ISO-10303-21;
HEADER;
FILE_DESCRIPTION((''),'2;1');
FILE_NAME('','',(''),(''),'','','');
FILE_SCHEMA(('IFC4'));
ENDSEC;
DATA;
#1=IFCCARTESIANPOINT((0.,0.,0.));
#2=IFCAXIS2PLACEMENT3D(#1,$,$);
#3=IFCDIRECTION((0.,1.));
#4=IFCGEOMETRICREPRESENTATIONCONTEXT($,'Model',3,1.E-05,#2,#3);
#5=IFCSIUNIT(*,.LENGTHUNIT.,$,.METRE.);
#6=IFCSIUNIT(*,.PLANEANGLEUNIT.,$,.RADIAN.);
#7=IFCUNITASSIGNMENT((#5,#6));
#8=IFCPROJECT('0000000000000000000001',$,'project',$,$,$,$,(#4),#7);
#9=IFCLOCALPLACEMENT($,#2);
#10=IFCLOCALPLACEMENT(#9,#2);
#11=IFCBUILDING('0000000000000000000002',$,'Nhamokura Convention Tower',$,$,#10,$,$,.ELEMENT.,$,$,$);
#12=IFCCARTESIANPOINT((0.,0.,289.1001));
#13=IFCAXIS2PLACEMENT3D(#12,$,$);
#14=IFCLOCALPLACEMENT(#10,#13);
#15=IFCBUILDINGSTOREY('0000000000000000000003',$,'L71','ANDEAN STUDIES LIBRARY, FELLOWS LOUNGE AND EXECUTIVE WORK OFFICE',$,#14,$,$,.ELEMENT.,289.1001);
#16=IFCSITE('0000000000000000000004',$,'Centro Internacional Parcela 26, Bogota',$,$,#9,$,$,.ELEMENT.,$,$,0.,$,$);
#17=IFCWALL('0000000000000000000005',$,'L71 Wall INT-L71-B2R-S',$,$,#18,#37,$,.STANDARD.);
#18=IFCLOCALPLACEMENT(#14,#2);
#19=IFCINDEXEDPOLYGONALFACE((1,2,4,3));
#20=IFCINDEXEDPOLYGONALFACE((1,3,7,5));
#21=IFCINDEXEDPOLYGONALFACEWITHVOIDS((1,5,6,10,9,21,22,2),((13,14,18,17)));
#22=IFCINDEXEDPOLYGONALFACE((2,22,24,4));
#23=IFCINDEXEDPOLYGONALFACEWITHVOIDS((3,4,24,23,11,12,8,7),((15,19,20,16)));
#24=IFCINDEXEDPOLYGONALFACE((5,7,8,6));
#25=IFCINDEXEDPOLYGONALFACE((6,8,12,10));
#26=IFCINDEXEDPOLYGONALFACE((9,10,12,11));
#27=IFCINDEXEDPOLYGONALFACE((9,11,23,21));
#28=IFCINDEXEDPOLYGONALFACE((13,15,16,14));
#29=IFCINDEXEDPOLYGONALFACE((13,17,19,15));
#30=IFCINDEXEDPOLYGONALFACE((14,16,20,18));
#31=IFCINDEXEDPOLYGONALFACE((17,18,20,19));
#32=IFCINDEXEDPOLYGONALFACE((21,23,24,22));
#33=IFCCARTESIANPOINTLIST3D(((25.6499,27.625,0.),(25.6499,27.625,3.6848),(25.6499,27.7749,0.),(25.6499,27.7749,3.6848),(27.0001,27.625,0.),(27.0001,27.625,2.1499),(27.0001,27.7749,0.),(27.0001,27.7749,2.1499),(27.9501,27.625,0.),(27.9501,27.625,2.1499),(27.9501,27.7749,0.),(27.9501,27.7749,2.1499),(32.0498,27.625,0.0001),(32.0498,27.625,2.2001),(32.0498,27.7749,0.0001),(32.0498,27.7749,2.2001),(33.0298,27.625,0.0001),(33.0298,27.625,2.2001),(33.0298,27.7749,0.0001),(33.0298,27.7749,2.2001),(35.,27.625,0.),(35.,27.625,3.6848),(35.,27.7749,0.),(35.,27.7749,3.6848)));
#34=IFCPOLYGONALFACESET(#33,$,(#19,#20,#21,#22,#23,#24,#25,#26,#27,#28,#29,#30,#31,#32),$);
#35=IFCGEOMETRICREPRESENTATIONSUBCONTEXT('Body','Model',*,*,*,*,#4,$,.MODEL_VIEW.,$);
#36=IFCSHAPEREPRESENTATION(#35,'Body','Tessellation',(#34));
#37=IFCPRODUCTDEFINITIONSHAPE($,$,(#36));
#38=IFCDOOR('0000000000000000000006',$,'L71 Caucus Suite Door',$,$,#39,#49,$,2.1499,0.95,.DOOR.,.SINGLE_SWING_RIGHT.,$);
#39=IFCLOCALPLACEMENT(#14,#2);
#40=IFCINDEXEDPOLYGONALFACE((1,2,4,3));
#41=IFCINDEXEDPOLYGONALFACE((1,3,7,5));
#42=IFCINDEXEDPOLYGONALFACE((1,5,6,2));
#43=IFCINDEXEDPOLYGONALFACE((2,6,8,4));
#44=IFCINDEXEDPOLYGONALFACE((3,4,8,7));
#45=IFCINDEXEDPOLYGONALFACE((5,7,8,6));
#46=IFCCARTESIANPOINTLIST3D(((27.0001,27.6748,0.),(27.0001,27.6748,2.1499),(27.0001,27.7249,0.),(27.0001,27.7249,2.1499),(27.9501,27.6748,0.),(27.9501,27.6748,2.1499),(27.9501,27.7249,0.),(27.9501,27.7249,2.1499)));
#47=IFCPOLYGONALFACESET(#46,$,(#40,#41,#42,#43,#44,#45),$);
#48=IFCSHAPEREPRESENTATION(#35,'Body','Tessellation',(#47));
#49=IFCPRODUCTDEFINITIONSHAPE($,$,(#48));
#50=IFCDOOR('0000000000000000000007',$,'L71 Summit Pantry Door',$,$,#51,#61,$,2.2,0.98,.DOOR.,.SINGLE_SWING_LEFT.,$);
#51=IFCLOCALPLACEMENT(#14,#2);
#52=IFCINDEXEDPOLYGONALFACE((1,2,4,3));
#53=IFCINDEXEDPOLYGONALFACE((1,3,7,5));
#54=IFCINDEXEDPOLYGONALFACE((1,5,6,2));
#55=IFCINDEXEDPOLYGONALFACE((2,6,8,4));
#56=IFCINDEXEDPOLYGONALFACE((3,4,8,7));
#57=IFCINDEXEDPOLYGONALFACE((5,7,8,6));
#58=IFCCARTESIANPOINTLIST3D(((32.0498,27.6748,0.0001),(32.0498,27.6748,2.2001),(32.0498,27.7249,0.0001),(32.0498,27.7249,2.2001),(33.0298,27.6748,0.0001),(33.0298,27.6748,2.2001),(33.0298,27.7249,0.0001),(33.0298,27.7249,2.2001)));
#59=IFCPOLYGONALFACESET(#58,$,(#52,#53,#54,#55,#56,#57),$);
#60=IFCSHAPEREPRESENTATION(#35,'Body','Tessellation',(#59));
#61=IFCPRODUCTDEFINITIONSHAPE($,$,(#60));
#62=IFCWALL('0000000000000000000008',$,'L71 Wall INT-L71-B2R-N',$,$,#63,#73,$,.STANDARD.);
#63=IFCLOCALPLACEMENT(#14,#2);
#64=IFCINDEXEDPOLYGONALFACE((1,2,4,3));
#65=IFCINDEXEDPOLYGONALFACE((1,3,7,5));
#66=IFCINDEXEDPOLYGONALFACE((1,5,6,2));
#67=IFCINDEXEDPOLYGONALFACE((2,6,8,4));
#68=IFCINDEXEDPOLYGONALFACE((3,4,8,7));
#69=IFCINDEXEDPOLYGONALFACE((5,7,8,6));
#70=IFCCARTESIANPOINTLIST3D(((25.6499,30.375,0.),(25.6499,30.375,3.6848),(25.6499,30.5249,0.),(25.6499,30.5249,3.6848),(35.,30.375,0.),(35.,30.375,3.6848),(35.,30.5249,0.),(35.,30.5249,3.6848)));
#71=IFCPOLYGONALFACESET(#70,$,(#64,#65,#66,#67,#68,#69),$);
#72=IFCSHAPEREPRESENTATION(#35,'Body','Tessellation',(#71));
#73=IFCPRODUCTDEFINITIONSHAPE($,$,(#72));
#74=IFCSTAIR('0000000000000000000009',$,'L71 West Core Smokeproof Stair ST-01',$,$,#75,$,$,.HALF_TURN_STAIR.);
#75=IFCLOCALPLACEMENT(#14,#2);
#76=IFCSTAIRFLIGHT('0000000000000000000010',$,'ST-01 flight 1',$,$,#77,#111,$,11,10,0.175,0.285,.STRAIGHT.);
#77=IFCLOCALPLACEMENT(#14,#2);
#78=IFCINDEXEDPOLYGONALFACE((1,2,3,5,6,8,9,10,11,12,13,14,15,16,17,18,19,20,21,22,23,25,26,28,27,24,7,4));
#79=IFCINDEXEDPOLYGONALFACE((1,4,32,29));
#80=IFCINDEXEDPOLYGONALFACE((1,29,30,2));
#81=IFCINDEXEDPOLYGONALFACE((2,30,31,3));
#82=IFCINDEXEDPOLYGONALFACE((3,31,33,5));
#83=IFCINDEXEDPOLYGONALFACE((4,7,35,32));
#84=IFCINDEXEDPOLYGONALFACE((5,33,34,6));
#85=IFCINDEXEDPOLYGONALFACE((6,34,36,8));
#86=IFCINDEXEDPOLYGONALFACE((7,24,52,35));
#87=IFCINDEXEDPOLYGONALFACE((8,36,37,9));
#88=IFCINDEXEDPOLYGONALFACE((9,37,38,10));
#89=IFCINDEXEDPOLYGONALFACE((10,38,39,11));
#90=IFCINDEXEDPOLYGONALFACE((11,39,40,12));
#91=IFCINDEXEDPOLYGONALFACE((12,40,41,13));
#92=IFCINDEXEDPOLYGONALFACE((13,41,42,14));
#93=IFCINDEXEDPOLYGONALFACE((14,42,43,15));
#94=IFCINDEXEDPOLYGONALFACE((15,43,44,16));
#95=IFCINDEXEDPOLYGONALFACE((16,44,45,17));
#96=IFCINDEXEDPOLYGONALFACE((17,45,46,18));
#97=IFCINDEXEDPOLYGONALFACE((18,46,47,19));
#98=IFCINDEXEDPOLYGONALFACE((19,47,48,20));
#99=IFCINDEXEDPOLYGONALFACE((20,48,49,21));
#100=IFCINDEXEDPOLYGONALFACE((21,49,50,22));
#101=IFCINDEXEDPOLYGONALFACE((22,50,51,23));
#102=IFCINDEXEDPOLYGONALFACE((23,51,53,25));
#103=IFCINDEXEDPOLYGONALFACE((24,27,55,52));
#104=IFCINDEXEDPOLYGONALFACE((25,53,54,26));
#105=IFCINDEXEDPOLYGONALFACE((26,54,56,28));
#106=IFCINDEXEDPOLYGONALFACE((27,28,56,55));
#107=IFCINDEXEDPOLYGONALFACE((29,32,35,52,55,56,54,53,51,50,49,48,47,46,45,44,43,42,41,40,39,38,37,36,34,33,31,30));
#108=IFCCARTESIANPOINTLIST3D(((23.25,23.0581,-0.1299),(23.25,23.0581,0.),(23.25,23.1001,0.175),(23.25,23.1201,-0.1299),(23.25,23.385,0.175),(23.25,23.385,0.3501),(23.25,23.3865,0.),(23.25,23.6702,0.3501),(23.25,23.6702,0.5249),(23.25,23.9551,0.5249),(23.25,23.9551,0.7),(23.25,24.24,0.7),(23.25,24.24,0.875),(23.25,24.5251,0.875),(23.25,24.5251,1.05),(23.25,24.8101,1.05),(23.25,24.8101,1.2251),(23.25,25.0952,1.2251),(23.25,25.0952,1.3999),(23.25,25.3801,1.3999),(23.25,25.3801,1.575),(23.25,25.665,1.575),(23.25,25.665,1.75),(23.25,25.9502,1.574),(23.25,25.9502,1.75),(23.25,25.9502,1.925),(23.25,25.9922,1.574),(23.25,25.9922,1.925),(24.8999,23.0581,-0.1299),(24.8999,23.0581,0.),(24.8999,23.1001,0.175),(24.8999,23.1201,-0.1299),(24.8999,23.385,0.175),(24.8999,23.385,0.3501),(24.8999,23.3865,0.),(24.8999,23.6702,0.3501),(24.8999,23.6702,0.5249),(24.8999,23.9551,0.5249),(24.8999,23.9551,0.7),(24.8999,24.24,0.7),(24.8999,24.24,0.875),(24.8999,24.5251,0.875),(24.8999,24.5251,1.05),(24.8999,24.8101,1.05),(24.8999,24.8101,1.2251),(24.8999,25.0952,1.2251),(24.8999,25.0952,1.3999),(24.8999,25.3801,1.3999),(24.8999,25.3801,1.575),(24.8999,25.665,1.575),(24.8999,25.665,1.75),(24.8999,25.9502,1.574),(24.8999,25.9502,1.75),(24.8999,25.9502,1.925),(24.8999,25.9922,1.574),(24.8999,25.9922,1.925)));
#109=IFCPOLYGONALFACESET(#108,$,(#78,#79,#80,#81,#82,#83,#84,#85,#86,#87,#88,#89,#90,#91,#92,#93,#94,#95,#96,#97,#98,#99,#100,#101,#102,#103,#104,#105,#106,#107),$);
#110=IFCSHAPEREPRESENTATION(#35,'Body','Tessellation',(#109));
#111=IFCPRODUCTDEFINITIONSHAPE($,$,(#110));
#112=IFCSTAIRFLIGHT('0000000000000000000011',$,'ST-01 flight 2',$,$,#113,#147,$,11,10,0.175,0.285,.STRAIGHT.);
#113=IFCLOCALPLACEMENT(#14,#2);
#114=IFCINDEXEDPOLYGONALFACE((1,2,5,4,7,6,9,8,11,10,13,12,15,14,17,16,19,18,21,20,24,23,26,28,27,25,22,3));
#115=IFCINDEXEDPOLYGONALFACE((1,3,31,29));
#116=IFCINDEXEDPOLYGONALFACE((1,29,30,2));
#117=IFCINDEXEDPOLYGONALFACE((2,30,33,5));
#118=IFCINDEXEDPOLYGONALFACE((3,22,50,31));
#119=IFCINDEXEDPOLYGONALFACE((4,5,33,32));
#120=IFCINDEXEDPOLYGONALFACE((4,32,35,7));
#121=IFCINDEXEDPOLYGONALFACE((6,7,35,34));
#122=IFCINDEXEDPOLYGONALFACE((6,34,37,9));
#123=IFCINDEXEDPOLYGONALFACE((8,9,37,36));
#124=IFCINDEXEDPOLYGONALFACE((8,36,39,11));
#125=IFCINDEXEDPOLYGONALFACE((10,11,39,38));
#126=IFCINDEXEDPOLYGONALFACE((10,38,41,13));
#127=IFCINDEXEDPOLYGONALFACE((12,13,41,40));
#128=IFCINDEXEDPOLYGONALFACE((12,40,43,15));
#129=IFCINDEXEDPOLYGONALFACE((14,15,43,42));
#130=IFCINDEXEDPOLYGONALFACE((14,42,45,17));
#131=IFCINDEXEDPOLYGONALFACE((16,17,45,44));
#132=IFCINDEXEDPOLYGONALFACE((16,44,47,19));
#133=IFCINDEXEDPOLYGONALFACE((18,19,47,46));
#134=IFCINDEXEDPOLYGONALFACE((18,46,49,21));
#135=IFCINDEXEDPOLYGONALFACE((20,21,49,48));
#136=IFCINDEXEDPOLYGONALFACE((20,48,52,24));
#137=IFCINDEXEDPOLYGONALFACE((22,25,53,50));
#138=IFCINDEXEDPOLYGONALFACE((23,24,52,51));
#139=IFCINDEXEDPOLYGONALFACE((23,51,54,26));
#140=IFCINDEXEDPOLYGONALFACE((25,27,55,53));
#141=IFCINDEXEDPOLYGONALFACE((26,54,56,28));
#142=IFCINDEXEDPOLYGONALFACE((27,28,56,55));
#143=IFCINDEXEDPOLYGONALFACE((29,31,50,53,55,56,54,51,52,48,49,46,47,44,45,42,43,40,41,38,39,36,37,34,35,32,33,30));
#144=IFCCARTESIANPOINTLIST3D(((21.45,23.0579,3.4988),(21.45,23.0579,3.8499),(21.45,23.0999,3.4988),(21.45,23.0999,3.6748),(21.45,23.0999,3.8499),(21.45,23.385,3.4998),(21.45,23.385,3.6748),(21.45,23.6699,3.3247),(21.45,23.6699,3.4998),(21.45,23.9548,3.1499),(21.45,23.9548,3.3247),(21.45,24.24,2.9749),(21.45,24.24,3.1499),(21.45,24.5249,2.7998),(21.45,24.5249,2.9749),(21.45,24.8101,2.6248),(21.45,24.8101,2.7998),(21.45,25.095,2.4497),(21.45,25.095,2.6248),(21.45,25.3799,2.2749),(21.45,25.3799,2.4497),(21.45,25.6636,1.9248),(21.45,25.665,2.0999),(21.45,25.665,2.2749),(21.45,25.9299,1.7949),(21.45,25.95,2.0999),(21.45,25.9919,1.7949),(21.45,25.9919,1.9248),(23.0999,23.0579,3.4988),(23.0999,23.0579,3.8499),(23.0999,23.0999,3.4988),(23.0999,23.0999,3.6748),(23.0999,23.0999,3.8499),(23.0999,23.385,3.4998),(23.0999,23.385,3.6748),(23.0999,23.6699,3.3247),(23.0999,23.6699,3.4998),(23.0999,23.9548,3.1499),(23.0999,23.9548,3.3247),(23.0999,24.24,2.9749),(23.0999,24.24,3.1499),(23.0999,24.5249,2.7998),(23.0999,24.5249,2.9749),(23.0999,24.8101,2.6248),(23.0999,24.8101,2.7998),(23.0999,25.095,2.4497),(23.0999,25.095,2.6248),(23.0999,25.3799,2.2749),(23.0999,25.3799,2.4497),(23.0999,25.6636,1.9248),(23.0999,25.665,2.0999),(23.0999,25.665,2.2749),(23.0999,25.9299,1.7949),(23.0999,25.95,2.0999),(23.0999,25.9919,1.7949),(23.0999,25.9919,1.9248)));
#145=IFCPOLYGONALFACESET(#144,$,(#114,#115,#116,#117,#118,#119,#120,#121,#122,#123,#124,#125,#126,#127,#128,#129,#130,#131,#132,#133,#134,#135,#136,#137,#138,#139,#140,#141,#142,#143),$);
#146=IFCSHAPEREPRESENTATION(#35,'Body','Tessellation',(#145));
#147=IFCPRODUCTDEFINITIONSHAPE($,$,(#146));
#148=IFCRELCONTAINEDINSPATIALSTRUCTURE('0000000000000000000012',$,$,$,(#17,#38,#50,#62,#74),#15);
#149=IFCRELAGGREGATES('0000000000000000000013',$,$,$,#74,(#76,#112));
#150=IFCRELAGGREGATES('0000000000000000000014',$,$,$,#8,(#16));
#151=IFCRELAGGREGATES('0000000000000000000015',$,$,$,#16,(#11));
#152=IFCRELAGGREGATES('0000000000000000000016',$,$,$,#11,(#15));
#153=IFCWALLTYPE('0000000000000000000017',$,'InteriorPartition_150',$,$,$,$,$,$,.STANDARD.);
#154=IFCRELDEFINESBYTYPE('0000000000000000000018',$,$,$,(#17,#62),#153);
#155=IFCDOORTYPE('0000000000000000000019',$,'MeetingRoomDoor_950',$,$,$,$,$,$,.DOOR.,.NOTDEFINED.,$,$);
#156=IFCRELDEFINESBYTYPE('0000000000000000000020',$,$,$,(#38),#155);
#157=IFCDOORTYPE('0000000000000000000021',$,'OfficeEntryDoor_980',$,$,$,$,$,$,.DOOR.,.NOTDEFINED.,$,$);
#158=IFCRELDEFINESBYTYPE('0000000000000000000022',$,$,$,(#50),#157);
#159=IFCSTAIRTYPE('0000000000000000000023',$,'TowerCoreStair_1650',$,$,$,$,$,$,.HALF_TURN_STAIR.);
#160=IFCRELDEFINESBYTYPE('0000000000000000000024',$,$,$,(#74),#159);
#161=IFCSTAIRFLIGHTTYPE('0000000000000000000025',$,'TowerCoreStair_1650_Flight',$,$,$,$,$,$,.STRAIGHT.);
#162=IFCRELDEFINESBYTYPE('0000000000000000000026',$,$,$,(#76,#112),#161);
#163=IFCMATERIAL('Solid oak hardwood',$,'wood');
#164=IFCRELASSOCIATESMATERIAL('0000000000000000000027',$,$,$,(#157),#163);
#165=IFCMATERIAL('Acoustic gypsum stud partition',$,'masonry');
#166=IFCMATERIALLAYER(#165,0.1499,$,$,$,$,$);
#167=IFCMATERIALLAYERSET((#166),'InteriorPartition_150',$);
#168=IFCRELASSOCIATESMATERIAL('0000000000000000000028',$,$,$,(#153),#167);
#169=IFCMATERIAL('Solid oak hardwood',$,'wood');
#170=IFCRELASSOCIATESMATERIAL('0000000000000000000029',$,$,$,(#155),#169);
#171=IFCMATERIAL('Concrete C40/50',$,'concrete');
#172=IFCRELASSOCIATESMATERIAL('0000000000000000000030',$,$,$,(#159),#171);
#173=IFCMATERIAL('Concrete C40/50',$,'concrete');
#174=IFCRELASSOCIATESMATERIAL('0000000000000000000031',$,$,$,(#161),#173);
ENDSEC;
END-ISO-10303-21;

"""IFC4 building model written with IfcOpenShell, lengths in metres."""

from ifc_helpers import new_model, si_unit, direction, frame, frame_2d, origin, place, context, subcontext, project, spatial, polyline, rectangle, outline, extrude, material, layer, layer_set, type_object, element, fill, aggregate, save


model = new_model("IFC4")

# Units and contexts
model_context = context("Model", 3, precision=1e-05, world=origin(), true_north=direction((0.0, 1.0)))
body_context = subcontext(model_context, "Body", "Model", "MODEL_VIEW")
ifc_project = project(units=[si_unit("LENGTHUNIT", "METRE"), si_unit("PLANEANGLEUNIT", "RADIAN")], contexts=[model_context])

# Site, building, storey
site_placement = place(None, origin())
site = spatial("IfcSite", under=ifc_project, at=site_placement, Name="Centro Internacional Parcela 26, Bogota", CompositionType="ELEMENT", RefElevation=0.0)
building_placement = place(site_placement, origin())
building = spatial("IfcBuilding", under=site, at=building_placement, Name="Nhamokura Convention Tower", CompositionType="ELEMENT")
storey_placement = place(building_placement, frame((0.0, 0.0, 289.1001)))
storey = spatial("IfcBuildingStorey", under=building, at=storey_placement, Name="L71", Description="ANDEAN STUDIES LIBRARY, FELLOWS LOUNGE AND EXECUTIVE WORK OFFICE", CompositionType="ELEMENT", Elevation=289.1001)

# Shared definitions
ifc_material_1 = material(Name="Solid oak hardwood", Category="wood")
door_type_1 = type_object("IfcDoorType", Name="OfficeEntryDoor_980", OperationType="NOTDEFINED", PredefinedType="DOOR", material=ifc_material_1)

# Wall, openings, doors
ifc_material_2 = material(Name="Acoustic gypsum stud partition", Category="masonry")
ifc_layer_1 = layer(ifc_material_2, 0.1499)
ifc_layer_set_1 = layer_set([ifc_layer_1], Name="InteriorPartition_150")
wall_type_1 = type_object("IfcWallType", Name="InteriorPartition_150", PredefinedType="STANDARD", material=ifc_layer_set_1)
ifc_material_3 = material(Name="Solid oak hardwood", Category="wood")
door_type_2 = type_object("IfcDoorType", Name="MeetingRoomDoor_950", OperationType="NOTDEFINED", PredefinedType="DOOR", material=ifc_material_3)
wall_1_placement = place(storey_placement, frame((25.6499, 27.7, 0.0), z_axis=(0.0, 0.0, 1.0), x_axis=(1.0, 0.0, 0.0)))
wall_1 = element("IfcWall", 1, at=wall_1_placement, inside=storey, type_object=wall_type_1, Name="L71 Wall INT-L71-B2R-S", PredefinedType="STANDARD", context=body_context, shape_type="SweptSolid", body=[
    extrude(rectangle(XDim=9.3501, YDim=0.1499, at=frame_2d((4.675, 0.0))), origin(), (0.0, 0.0, 1.0), 3.6848),
])
opening_1_placement = place(wall_1_placement, frame((1.3501, 0.0, 0.0)))
opening_1 = element("IfcOpeningElement", 2, at=opening_1_placement, cuts=wall_1, PredefinedType="OPENING", context=body_context, shape_type="SweptSolid", body=[
    extrude(rectangle(XDim=0.95, YDim=2.1499, at=frame_2d((0.4751, 1.075))), frame((0.0, 0.085, 0.0), z_axis=(0.0, -1.0, 0.0), x_axis=(1.0, 0.0, 0.0)), (0.0, 0.0, 1.0), 0.1699),
])
opening_2_placement = place(wall_1_placement, frame((6.3999, 0.0, 0.0)))
opening_2 = element("IfcOpeningElement", 3, at=opening_2_placement, cuts=wall_1, PredefinedType="OPENING", context=body_context, shape_type="SweptSolid", body=[
    extrude(rectangle(XDim=0.98, YDim=2.2, at=frame_2d((0.49, 1.1001))), frame((0.0, 0.085, 0.0), z_axis=(0.0, -1.0, 0.0), x_axis=(1.0, 0.0, 0.0)), (0.0, 0.0, 1.0), 0.1699),
])
door_1_placement = place(opening_1_placement, origin())
door_1 = element("IfcDoor", 4, at=door_1_placement, inside=storey, type_object=door_type_2, Name="L71 Caucus Suite Door", OperationType="SINGLE_SWING_RIGHT", OverallHeight=2.1499, OverallWidth=0.95, PredefinedType="DOOR", context=body_context, shape_type="SweptSolid", body=[
    extrude(rectangle(XDim=0.95, YDim=2.1499, at=frame_2d((0.4751, 1.075))), frame((0.0, 0.0249, 0.0), z_axis=(0.0, -1.0, 0.0), x_axis=(1.0, 0.0, 0.0)), (0.0, 0.0, 1.0), 0.05),
])
fill(opening_1, door_1)
door_2_placement = place(opening_2_placement, origin())
door_2 = element("IfcDoor", 5, at=door_2_placement, inside=storey, type_object=door_type_1, Name="L71 Summit Pantry Door", OperationType="SINGLE_SWING_LEFT", OverallHeight=2.2, OverallWidth=0.98, PredefinedType="DOOR", context=body_context, shape_type="SweptSolid", body=[
    extrude(rectangle(XDim=0.98, YDim=2.2, at=frame_2d((0.49, 1.1001))), frame((0.0, 0.0249, 0.0), z_axis=(0.0, -1.0, 0.0), x_axis=(1.0, 0.0, 0.0)), (0.0, 0.0, 1.0), 0.05),
])
fill(opening_2, door_2)

# Wall
wall_2_placement = place(storey_placement, frame((25.6499, 30.45, 0.0), z_axis=(0.0, 0.0, 1.0), x_axis=(1.0, 0.0, 0.0)))
element("IfcWall", 6, at=wall_2_placement, inside=storey, type_object=wall_type_1, Name="L71 Wall INT-L71-B2R-N", PredefinedType="STANDARD", context=body_context, shape_type="SweptSolid", body=[
    extrude(rectangle(XDim=9.3501, YDim=0.1499, at=frame_2d((4.675, 0.0))), origin(), (0.0, 0.0, 1.0), 3.6848),
])

# Stair, stair flights
ifc_material_4 = material(Name="Concrete C40/50", Category="concrete")
stair_type = type_object("IfcStairType", Name="TowerCoreStair_1650", PredefinedType="HALF_TURN_STAIR", material=ifc_material_4)
stair_placement = place(storey_placement, origin())
stair = element("IfcStair", 7, at=stair_placement, inside=storey, type_object=stair_type, Name="L71 West Core Smokeproof Stair ST-01", PredefinedType="HALF_TURN_STAIR")
ifc_material_5 = material(Name="Concrete C40/50", Category="concrete")
stair_flight_type = type_object("IfcStairFlightType", Name="TowerCoreStair_1650_Flight", PredefinedType="STRAIGHT", material=ifc_material_5)
stair_flight_1_placement = place(storey_placement, frame((24.075, 23.1001, 0.0), z_axis=(0.0, 0.0, 1.0), x_axis=(0.0, 1.0, 0.0)))
stair_flight_1 = element("IfcStairFlight", 8, at=stair_flight_1_placement, type_object=stair_flight_type, Name="ST-01 flight 1", NumberOfRisers=11, NumberOfTreads=10, PredefinedType="STRAIGHT", RiserHeight=0.175, TreadLength=0.285, context=body_context, shape_type="SweptSolid", body=[
    extrude(outline(polyline([(-0.042, 0.0), (0.0, 0.175), (0.2849, 0.175), (0.2849, 0.3501), (0.5701, 0.3501), (0.5701, 0.5249), (0.855, 0.5249), (0.855, 0.7), (1.1399, 0.7), (1.1399, 0.875), (1.425, 0.875), (1.425, 1.05), (1.71, 1.05), (1.71, 1.2251), (1.9951, 1.2251), (1.9951, 1.3999), (2.28, 1.3999), (2.28, 1.575), (2.5649, 1.575), (2.5649, 1.75), (2.8501, 1.75), (2.8501, 1.925), (2.8921, 1.925), (2.8921, 1.574), (2.8501, 1.574), (0.2864, 0.0), (0.02, -0.1299), (-0.042, -0.1299), (-0.042, 0.0)])), frame((0.0, 0.825, 0.0), z_axis=(0.0, -1.0, 0.0), x_axis=(1.0, 0.0, 0.0)), (0.0, 0.0, 1.0), 1.6499),
])
stair_flight_2_placement = place(storey_placement, frame((22.2749, 25.95, 1.9248), z_axis=(0.0, 0.0, 1.0), x_axis=(0.0, -1.0, 0.0)))
stair_flight_2 = element("IfcStairFlight", 9, at=stair_flight_2_placement, type_object=stair_flight_type, Name="ST-01 flight 2", NumberOfRisers=11, NumberOfTreads=10, PredefinedType="STRAIGHT", RiserHeight=0.175, TreadLength=0.285, context=body_context, shape_type="SweptSolid", body=[
    extrude(outline(polyline([(-0.042, 0.0), (0.0, 0.175), (0.2849, 0.175), (0.2849, 0.3501), (0.5701, 0.3501), (0.5701, 0.5249), (0.855, 0.5249), (0.855, 0.7), (1.1399, 0.7), (1.1399, 0.875), (1.425, 0.875), (1.425, 1.05), (1.71, 1.05), (1.71, 1.2251), (1.9951, 1.2251), (1.9951, 1.3999), (2.28, 1.3999), (2.28, 1.575), (2.5649, 1.575), (2.5649, 1.75), (2.8501, 1.75), (2.8501, 1.925), (2.8921, 1.925), (2.8921, 1.574), (2.8501, 1.574), (0.2864, 0.0), (0.02, -0.1299), (-0.042, -0.1299), (-0.042, 0.0)])), frame((0.0, 0.825, 0.0), z_axis=(0.0, -1.0, 0.0), x_axis=(1.0, 0.0, 0.0)), (0.0, 0.0, 1.0), 1.6499),
])
aggregate(stair, [stair_flight_1, stair_flight_2])

save(model, "model.ifc")
